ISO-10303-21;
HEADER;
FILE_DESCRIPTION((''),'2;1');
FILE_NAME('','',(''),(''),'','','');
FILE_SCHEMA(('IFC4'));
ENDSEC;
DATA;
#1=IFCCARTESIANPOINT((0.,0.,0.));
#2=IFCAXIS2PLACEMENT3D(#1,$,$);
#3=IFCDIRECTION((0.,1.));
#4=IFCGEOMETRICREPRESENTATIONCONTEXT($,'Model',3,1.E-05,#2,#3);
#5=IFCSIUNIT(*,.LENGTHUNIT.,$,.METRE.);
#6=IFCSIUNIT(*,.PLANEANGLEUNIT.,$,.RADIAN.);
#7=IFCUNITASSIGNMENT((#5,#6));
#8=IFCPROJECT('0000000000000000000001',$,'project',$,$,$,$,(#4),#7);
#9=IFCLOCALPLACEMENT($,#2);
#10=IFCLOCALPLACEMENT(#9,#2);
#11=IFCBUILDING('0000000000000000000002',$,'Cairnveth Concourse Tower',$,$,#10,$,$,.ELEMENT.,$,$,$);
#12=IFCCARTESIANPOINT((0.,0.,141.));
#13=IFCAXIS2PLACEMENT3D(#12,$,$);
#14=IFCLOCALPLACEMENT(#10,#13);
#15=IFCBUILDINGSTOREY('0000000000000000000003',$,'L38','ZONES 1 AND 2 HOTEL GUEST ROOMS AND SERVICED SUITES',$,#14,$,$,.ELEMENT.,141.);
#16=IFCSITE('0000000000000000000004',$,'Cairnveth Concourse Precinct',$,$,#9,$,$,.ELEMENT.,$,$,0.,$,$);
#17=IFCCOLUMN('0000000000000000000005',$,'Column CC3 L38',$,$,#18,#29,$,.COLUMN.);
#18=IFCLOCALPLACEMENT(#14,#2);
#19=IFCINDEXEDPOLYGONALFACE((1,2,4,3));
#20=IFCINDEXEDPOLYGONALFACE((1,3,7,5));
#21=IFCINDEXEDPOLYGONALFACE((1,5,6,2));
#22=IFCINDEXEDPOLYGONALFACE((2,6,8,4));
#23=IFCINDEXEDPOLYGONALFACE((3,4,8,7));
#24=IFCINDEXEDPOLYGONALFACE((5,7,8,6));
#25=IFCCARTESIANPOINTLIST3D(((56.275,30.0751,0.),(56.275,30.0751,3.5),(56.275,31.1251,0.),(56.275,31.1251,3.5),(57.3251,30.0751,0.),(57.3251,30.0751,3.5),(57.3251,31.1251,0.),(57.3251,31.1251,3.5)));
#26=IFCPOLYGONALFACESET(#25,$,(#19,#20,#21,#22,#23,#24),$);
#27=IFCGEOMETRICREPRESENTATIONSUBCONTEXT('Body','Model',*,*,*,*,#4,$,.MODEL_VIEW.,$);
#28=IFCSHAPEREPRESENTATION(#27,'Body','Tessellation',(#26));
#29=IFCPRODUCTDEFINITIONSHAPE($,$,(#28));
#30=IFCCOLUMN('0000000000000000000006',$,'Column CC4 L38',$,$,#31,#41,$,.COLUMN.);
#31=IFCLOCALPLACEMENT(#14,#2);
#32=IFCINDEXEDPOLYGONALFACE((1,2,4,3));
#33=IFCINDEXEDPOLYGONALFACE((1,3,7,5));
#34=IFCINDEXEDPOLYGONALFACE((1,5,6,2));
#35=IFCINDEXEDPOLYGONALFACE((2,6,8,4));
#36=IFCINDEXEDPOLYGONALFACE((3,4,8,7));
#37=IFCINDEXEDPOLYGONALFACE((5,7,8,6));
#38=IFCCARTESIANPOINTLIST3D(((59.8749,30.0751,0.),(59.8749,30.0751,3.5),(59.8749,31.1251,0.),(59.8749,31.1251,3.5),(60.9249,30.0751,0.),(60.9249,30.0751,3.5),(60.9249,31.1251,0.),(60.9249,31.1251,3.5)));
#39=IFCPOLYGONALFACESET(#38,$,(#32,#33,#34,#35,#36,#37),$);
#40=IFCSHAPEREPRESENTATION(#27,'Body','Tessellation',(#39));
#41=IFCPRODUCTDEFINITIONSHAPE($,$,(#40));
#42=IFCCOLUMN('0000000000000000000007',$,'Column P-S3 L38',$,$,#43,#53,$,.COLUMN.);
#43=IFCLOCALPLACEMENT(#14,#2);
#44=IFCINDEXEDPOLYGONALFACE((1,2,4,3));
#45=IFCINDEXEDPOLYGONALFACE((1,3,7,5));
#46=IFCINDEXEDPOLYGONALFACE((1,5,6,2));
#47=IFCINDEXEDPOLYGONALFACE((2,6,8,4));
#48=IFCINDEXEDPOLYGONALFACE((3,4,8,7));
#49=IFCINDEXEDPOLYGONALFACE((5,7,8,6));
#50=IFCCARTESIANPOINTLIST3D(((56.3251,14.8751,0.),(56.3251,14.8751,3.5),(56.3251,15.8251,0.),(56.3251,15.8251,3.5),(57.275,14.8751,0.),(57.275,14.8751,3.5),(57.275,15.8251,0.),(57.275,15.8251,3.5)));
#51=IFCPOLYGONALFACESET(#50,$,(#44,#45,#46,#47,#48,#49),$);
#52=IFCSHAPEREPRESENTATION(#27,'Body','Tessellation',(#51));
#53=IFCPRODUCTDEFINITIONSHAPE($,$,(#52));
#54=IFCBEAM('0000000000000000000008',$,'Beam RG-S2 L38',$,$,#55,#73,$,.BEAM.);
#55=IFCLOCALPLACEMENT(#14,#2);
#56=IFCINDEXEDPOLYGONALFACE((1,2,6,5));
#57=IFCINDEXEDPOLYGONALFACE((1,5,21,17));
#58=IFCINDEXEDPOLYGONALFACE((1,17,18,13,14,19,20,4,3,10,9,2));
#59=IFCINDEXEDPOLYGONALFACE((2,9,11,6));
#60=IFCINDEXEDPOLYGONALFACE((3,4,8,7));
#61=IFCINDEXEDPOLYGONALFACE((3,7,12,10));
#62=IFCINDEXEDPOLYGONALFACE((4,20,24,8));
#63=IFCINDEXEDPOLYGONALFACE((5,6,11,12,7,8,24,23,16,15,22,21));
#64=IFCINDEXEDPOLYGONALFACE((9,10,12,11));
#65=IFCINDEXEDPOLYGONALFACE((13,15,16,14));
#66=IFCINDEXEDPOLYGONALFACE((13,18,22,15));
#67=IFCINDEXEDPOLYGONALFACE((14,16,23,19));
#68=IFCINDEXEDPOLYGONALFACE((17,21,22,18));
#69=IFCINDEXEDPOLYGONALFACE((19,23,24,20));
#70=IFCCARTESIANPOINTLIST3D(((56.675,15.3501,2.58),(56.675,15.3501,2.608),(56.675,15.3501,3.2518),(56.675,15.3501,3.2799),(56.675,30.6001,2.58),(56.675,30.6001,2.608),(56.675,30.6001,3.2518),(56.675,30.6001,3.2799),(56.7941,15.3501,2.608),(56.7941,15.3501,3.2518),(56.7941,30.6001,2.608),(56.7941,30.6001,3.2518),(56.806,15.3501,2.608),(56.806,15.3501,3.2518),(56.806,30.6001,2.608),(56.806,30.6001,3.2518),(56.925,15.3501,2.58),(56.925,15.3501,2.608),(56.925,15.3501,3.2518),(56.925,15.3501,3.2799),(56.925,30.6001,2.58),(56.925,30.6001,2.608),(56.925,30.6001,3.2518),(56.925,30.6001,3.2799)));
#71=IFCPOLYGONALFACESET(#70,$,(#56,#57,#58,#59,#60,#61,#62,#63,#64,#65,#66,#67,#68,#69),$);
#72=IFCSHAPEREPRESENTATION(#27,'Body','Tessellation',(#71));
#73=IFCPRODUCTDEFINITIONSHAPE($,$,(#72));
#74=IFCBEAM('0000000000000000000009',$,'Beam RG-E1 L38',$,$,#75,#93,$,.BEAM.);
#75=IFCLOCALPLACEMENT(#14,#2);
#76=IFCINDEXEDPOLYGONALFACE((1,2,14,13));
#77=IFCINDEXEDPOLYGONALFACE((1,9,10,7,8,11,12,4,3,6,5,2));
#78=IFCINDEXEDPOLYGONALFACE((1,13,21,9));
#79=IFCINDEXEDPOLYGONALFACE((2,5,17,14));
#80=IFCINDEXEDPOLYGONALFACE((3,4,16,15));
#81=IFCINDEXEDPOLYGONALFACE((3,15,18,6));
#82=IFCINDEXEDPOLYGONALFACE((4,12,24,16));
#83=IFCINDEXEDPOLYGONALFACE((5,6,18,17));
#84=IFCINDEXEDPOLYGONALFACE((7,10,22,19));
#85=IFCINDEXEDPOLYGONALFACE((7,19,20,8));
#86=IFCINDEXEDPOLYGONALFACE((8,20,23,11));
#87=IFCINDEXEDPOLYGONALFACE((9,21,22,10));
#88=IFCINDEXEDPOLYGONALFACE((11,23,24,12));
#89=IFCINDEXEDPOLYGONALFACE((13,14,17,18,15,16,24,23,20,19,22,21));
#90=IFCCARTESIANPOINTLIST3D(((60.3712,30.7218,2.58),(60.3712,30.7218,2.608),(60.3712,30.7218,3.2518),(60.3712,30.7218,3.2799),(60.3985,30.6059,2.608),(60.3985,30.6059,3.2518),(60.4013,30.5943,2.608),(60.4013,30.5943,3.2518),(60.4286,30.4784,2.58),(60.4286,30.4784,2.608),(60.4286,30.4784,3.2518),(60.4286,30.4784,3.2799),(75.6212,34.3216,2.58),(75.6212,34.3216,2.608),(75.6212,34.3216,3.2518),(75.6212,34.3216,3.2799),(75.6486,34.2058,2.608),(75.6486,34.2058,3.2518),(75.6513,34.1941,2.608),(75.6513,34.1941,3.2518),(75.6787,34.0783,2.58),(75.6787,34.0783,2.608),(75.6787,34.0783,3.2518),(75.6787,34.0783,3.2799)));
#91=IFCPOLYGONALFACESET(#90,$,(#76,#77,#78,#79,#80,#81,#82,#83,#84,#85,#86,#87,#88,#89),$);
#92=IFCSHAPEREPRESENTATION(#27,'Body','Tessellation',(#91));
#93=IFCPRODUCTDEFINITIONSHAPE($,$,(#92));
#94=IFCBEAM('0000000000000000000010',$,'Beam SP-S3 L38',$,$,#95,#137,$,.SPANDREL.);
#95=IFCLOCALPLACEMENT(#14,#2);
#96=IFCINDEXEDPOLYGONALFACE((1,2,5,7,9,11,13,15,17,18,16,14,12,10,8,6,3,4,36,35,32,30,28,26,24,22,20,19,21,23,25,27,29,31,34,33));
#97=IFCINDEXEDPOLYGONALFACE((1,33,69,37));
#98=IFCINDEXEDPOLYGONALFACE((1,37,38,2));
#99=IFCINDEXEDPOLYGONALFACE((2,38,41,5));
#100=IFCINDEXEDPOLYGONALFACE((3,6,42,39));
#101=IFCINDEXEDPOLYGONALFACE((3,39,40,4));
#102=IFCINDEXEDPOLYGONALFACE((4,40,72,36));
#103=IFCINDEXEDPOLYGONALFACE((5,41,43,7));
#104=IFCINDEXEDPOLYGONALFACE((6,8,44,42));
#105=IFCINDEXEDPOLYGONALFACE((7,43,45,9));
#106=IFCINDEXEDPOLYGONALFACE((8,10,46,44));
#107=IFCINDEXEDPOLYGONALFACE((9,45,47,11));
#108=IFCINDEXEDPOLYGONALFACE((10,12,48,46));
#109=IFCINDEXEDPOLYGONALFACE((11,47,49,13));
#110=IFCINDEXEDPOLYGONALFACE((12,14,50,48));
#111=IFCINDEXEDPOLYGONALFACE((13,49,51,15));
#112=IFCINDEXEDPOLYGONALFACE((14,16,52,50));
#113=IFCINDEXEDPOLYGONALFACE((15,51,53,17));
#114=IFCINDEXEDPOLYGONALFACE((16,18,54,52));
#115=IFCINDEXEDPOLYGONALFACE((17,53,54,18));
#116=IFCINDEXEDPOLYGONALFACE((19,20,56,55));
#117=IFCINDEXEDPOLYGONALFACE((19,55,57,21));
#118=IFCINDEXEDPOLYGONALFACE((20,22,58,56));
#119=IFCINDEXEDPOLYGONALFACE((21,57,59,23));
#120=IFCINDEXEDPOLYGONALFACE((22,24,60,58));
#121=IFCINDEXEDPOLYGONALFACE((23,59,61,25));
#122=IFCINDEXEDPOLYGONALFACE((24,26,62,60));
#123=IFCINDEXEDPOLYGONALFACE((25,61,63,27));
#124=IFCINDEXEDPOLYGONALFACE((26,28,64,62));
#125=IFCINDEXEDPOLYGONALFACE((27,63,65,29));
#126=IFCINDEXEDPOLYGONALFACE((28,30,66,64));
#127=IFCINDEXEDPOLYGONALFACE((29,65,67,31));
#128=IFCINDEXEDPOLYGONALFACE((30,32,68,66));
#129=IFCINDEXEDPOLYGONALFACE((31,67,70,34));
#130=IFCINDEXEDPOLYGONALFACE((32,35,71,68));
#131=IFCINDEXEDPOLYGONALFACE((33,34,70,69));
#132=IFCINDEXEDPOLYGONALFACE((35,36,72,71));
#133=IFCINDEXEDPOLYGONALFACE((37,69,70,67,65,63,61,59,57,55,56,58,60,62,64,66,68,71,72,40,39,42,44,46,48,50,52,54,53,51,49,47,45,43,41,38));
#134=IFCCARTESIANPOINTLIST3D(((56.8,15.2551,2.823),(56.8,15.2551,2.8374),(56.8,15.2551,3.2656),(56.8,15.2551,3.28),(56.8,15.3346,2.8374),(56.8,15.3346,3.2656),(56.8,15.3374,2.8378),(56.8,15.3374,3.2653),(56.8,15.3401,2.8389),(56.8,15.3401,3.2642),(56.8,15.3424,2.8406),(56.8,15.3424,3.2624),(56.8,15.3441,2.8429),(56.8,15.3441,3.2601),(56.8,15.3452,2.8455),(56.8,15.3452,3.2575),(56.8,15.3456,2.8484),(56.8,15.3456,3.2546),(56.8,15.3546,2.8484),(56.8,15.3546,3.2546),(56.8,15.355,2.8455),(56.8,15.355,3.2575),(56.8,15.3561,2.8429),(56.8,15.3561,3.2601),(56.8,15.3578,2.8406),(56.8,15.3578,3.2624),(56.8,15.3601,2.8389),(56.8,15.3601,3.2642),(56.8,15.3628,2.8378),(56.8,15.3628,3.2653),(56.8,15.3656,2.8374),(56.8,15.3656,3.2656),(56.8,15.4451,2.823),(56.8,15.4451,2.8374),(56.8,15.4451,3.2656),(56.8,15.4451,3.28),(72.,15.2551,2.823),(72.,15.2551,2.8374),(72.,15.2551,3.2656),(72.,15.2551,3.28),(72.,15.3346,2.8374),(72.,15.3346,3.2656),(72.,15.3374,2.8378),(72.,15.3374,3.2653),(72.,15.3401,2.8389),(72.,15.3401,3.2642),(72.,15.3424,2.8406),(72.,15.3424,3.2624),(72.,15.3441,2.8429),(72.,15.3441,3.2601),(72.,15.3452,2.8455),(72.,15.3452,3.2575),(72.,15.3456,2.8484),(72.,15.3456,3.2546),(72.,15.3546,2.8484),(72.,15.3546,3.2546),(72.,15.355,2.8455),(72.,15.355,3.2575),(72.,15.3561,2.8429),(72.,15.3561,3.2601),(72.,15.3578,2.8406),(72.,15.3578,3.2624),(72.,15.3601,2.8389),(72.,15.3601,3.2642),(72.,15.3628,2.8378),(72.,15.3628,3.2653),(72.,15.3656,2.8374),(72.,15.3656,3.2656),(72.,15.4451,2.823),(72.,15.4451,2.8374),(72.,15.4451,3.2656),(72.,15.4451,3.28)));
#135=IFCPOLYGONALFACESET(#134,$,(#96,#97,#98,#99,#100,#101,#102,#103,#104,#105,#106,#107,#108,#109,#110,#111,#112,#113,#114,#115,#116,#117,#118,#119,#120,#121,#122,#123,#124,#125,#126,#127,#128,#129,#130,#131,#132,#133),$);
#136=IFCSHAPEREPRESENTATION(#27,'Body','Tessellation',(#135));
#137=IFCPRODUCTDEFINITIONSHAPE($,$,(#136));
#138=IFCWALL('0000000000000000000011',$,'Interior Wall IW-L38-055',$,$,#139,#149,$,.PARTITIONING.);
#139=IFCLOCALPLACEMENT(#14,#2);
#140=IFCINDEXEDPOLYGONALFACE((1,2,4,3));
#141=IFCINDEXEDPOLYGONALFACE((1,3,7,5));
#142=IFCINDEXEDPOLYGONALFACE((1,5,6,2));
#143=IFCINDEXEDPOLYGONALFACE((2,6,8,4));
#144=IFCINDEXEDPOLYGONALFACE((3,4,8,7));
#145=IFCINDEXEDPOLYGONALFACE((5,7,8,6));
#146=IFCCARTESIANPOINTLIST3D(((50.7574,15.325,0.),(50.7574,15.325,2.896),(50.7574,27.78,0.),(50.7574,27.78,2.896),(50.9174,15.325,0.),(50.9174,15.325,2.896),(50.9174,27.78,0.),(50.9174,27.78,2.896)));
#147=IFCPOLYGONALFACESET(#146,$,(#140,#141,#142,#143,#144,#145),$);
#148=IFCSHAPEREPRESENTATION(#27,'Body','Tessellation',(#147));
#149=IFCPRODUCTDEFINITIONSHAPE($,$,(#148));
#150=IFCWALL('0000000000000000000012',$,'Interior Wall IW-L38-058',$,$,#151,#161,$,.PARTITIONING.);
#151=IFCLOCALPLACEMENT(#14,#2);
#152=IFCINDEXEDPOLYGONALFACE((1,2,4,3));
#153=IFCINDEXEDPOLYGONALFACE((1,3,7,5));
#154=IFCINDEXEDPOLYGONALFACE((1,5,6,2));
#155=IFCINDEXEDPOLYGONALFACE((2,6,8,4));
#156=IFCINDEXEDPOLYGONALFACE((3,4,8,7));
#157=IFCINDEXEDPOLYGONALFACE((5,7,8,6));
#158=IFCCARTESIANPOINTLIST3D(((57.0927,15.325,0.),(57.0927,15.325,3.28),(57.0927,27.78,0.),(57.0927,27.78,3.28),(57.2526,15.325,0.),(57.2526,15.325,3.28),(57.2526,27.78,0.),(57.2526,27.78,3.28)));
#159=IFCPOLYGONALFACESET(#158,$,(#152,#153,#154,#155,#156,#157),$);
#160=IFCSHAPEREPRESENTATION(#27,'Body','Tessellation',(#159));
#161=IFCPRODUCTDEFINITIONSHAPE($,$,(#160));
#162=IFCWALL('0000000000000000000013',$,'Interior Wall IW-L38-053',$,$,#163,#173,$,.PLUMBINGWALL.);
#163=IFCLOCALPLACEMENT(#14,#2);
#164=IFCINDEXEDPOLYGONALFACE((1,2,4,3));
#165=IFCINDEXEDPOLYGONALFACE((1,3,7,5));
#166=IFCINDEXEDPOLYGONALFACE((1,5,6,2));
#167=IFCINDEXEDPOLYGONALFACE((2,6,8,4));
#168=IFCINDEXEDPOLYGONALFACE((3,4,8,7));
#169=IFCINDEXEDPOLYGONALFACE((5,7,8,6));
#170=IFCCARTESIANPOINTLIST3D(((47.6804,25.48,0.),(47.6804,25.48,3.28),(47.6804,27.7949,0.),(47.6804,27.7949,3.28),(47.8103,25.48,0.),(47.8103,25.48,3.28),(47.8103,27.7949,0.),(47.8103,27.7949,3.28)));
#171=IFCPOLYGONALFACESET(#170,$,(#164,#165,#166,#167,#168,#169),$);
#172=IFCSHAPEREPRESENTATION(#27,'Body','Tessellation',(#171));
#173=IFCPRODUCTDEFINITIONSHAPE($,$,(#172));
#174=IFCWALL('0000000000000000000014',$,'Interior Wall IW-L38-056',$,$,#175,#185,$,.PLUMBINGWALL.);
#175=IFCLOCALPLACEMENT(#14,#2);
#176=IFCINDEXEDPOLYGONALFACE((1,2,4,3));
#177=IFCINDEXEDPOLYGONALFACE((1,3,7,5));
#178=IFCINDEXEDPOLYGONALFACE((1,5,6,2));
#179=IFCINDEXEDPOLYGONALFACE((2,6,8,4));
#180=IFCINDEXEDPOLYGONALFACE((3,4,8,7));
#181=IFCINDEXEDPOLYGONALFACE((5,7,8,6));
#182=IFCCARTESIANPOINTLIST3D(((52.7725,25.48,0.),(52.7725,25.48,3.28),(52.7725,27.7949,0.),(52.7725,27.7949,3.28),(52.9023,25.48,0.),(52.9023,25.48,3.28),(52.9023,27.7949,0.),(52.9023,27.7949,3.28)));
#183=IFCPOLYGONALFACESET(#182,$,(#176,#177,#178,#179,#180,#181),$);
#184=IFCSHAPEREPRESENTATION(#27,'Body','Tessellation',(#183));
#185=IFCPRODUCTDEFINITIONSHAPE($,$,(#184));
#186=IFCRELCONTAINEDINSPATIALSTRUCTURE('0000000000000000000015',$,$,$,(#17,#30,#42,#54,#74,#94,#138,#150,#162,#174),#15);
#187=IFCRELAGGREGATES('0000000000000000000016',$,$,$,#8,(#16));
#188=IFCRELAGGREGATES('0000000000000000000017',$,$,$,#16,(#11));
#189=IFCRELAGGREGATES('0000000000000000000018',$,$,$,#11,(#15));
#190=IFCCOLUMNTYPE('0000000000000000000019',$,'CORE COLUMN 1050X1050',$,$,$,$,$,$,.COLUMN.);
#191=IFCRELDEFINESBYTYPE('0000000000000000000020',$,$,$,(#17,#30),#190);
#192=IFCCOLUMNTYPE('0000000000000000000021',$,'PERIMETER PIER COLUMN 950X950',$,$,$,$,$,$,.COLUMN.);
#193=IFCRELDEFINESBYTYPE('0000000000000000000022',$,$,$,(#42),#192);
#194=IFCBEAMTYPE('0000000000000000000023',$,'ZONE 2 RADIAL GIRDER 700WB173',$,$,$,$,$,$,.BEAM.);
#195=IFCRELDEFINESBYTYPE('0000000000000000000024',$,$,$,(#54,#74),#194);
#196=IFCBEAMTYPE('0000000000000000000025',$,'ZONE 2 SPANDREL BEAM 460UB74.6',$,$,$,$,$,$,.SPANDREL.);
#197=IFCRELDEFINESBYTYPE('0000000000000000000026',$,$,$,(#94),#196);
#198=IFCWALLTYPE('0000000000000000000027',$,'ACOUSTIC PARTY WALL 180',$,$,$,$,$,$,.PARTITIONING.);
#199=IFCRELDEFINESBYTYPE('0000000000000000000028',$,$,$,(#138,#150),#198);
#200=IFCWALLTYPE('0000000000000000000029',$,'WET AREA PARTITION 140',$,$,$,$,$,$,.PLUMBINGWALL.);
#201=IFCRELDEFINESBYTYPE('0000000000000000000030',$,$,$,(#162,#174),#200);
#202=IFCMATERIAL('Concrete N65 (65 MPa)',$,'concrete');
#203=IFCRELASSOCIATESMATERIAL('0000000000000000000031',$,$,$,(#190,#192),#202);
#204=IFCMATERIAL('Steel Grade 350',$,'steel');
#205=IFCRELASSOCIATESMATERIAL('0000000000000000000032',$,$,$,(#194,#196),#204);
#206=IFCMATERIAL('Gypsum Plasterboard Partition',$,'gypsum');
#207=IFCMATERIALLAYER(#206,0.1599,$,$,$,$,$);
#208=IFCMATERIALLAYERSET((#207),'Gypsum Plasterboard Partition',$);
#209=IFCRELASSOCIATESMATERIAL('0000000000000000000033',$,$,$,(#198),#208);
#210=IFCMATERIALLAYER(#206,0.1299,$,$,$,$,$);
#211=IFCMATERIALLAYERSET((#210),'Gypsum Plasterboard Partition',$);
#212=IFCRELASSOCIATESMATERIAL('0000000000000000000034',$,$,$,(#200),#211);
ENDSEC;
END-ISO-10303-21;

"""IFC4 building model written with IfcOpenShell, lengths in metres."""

from ifc_helpers import new_model, si_unit, direction, frame, frame_2d, origin, origin_2d, place, context, subcontext, project, spatial, rectangle, i_section, extrude, material, layer, layer_set, material_profile, profile_set, type_object, element, save


model = new_model("IFC4")

# Units and contexts
model_context = context("Model", 3, precision=1e-05, world=origin(), true_north=direction((0.0, 1.0)))
body_context = subcontext(model_context, "Body", "Model", "MODEL_VIEW")
ifc_project = project(units=[si_unit("LENGTHUNIT", "METRE"), si_unit("PLANEANGLEUNIT", "RADIAN")], contexts=[model_context])

# Site, building, storey
site_placement = place(None, origin())
site = spatial("IfcSite", under=ifc_project, at=site_placement, Name="Cairnveth Concourse Precinct", CompositionType="ELEMENT", RefElevation=0.0)
building_placement = place(site_placement, origin())
building = spatial("IfcBuilding", under=site, at=building_placement, Name="Cairnveth Concourse Tower", CompositionType="ELEMENT")
storey_placement = place(building_placement, frame((0.0, 0.0, 141.0)))
storey = spatial("IfcBuildingStorey", under=building, at=storey_placement, Name="L38", Description="ZONES 1 AND 2 HOTEL GUEST ROOMS AND SERVICED SUITES", CompositionType="ELEMENT", Elevation=141.0)

# Columns
ifc_material_1 = material(Name="Concrete N65 (65 MPa)", Category="concrete")
ifc_material_profile_1 = material_profile(ifc_material_1, rectangle(XDim=1.05, YDim=1.05, at=origin_2d()), Name="RC-COL-1050x1050")
ifc_profile_set_1 = profile_set([ifc_material_profile_1], Name="Concrete N65 (65 MPa)")
column_type_1 = type_object("IfcColumnType", Name="CORE COLUMN 1050X1050", PredefinedType="COLUMN", material=ifc_profile_set_1)
for number, where, z_axis, x_axis, name in (
    (1, (56.8, 30.6001, 0.0), (0.0, 0.0, 1.0), (1.0, 0.0, 0.0), "Column CC3 L38"),
    (2, (60.3999, 30.6001, 0.0), (0.0, 0.0, 1.0), (1.0, 0.0, 0.0), "Column CC4 L38"),
):
    element("IfcColumn", number, at=place(storey_placement, frame(where, z_axis=z_axis, x_axis=x_axis)), inside=storey, type_object=column_type_1, Name=name, PredefinedType="COLUMN", context=body_context, shape_type="SweptSolid", body=[
        extrude(rectangle(XDim=1.05, YDim=1.05, at=origin_2d()), origin(), (0.0, 0.0, 1.0), 3.5),
    ])
ifc_material_profile_2 = material_profile(ifc_material_1, rectangle(XDim=0.95, YDim=0.95, at=origin_2d()), Name="RC-COL-950x950")
ifc_profile_set_2 = profile_set([ifc_material_profile_2], Name="Concrete N65 (65 MPa)")
column_type_2 = type_object("IfcColumnType", Name="PERIMETER PIER COLUMN 950X950", PredefinedType="COLUMN", material=ifc_profile_set_2)
column_placement = place(storey_placement, frame((56.8, 15.3501, 0.0), z_axis=(0.0, 0.0, 1.0), x_axis=(1.0, 0.0, 0.0)))
element("IfcColumn", 3, at=column_placement, inside=storey, type_object=column_type_2, Name="Column P-S3 L38", PredefinedType="COLUMN", context=body_context, shape_type="SweptSolid", body=[
    extrude(rectangle(XDim=0.95, YDim=0.95, at=origin_2d()), origin(), (0.0, 0.0, 1.0), 3.5),
])

# Beams
ifc_material_2 = material(Name="Steel Grade 350", Category="steel")
ifc_material_profile_3 = material_profile(ifc_material_2, i_section(OverallWidth=0.25, OverallDepth=0.7, WebThickness=0.012, FlangeThickness=0.0281, at=origin_2d()), Name="700WB173")
ifc_profile_set_3 = profile_set([ifc_material_profile_3], Name="Steel Grade 350")
beam_type_1 = type_object("IfcBeamType", Name="ZONE 2 RADIAL GIRDER 700WB173", PredefinedType="BEAM", material=ifc_profile_set_3)
beam_1_placement = place(storey_placement, frame((56.8, 15.3501, 2.9299), z_axis=(0.0, 1.0, 0.0), x_axis=(-1.0, 0.0, 0.0)))
element("IfcBeam", 4, at=beam_1_placement, inside=storey, type_object=beam_type_1, Name="Beam RG-S2 L38", PredefinedType="BEAM", context=body_context, shape_type="SweptSolid", body=[
    extrude(i_section(OverallWidth=0.25, OverallDepth=0.7, WebThickness=0.012, FlangeThickness=0.0281, at=origin_2d()), origin(), (0.0, 0.0, 1.0), 15.25),
])
beam_2_placement = place(storey_placement, frame((60.3999, 30.6001, 2.9299), z_axis=(0.973252, 0.229742, 0.0), x_axis=(-0.229742, 0.973252, 0.0)))
element("IfcBeam", 5, at=beam_2_placement, inside=storey, type_object=beam_type_1, Name="Beam RG-E1 L38", PredefinedType="BEAM", context=body_context, shape_type="SweptSolid", body=[
    extrude(i_section(OverallWidth=0.25, OverallDepth=0.7, WebThickness=0.012, FlangeThickness=0.0281, at=origin_2d()), origin(), (0.0, 0.0, 1.0), 15.6692),
])
ifc_material_profile_4 = material_profile(ifc_material_2, i_section(OverallWidth=0.1899, OverallDepth=0.457, WebThickness=0.009, FlangeThickness=0.0144, FilletRadius=0.011, at=origin_2d()), Name="460UB74.6")
ifc_profile_set_4 = profile_set([ifc_material_profile_4], Name="Steel Grade 350")
beam_type_2 = type_object("IfcBeamType", Name="ZONE 2 SPANDREL BEAM 460UB74.6", PredefinedType="SPANDREL", material=ifc_profile_set_4)
beam_3_placement = place(storey_placement, frame((56.8, 15.3501, 3.0515), z_axis=(1.0, 0.0, 0.0), x_axis=(0.0, 1.0, 0.0)))
element("IfcBeam", 6, at=beam_3_placement, inside=storey, type_object=beam_type_2, Name="Beam SP-S3 L38", PredefinedType="SPANDREL", context=body_context, shape_type="SweptSolid", body=[
    extrude(i_section(OverallWidth=0.1899, OverallDepth=0.457, WebThickness=0.009, FlangeThickness=0.0144, FilletRadius=0.011, at=origin_2d()), origin(), (0.0, 0.0, 1.0), 15.2),
])

# Walls
ifc_material_3 = material(Name="Gypsum Plasterboard Partition", Category="gypsum")
ifc_layer_1 = layer(ifc_material_3, 0.1599)
ifc_layer_set_1 = layer_set([ifc_layer_1], Name="Gypsum Plasterboard Partition")
wall_type_1 = type_object("IfcWallType", Name="ACOUSTIC PARTY WALL 180", PredefinedType="PARTITIONING", material=ifc_layer_set_1)
wall_1_placement = place(storey_placement, frame((50.8374, 15.325, 0.0), z_axis=(0.0, 0.0, 1.0), x_axis=(0.0, 1.0, 0.0)))
element("IfcWall", 7, at=wall_1_placement, inside=storey, type_object=wall_type_1, Name="Interior Wall IW-L38-055", PredefinedType="PARTITIONING", context=body_context, shape_type="SweptSolid", body=[
    extrude(rectangle(XDim=12.4551, YDim=0.1599, at=frame_2d((6.2275, 0.0))), origin(), (0.0, 0.0, 1.0), 2.896),
])
wall_2_placement = place(storey_placement, frame((57.1726, 15.325, 0.0), z_axis=(0.0, 0.0, 1.0), x_axis=(0.0, 1.0, 0.0)))
element("IfcWall", 8, at=wall_2_placement, inside=storey, type_object=wall_type_1, Name="Interior Wall IW-L38-058", PredefinedType="PARTITIONING", context=body_context, shape_type="SweptSolid", body=[
    extrude(rectangle(XDim=12.4551, YDim=0.1599, at=frame_2d((6.2275, 0.0))), origin(), (0.0, 0.0, 1.0), 3.28),
])
ifc_layer_2 = layer(ifc_material_3, 0.1299)
ifc_layer_set_2 = layer_set([ifc_layer_2], Name="Gypsum Plasterboard Partition")
wall_type_2 = type_object("IfcWallType", Name="WET AREA PARTITION 140", PredefinedType="PLUMBINGWALL", material=ifc_layer_set_2)
for number, where, z_axis, x_axis, name in (
    (9, (47.7454, 25.48, 0.0), (0.0, 0.0, 1.0), (0.0, 1.0, 0.0), "Interior Wall IW-L38-053"),
    (10, (52.8374, 25.48, 0.0), (0.0, 0.0, 1.0), (0.0, 1.0, 0.0), "Interior Wall IW-L38-056"),
):
    element("IfcWall", number, at=place(storey_placement, frame(where, z_axis=z_axis, x_axis=x_axis)), inside=storey, type_object=wall_type_2, Name=name, PredefinedType="PLUMBINGWALL", context=body_context, shape_type="SweptSolid", body=[
        extrude(rectangle(XDim=2.3149, YDim=0.1299, at=frame_2d((1.1575, 0.0))), origin(), (0.0, 0.0, 1.0), 3.28),
    ])

save(model, "model.ifc")
